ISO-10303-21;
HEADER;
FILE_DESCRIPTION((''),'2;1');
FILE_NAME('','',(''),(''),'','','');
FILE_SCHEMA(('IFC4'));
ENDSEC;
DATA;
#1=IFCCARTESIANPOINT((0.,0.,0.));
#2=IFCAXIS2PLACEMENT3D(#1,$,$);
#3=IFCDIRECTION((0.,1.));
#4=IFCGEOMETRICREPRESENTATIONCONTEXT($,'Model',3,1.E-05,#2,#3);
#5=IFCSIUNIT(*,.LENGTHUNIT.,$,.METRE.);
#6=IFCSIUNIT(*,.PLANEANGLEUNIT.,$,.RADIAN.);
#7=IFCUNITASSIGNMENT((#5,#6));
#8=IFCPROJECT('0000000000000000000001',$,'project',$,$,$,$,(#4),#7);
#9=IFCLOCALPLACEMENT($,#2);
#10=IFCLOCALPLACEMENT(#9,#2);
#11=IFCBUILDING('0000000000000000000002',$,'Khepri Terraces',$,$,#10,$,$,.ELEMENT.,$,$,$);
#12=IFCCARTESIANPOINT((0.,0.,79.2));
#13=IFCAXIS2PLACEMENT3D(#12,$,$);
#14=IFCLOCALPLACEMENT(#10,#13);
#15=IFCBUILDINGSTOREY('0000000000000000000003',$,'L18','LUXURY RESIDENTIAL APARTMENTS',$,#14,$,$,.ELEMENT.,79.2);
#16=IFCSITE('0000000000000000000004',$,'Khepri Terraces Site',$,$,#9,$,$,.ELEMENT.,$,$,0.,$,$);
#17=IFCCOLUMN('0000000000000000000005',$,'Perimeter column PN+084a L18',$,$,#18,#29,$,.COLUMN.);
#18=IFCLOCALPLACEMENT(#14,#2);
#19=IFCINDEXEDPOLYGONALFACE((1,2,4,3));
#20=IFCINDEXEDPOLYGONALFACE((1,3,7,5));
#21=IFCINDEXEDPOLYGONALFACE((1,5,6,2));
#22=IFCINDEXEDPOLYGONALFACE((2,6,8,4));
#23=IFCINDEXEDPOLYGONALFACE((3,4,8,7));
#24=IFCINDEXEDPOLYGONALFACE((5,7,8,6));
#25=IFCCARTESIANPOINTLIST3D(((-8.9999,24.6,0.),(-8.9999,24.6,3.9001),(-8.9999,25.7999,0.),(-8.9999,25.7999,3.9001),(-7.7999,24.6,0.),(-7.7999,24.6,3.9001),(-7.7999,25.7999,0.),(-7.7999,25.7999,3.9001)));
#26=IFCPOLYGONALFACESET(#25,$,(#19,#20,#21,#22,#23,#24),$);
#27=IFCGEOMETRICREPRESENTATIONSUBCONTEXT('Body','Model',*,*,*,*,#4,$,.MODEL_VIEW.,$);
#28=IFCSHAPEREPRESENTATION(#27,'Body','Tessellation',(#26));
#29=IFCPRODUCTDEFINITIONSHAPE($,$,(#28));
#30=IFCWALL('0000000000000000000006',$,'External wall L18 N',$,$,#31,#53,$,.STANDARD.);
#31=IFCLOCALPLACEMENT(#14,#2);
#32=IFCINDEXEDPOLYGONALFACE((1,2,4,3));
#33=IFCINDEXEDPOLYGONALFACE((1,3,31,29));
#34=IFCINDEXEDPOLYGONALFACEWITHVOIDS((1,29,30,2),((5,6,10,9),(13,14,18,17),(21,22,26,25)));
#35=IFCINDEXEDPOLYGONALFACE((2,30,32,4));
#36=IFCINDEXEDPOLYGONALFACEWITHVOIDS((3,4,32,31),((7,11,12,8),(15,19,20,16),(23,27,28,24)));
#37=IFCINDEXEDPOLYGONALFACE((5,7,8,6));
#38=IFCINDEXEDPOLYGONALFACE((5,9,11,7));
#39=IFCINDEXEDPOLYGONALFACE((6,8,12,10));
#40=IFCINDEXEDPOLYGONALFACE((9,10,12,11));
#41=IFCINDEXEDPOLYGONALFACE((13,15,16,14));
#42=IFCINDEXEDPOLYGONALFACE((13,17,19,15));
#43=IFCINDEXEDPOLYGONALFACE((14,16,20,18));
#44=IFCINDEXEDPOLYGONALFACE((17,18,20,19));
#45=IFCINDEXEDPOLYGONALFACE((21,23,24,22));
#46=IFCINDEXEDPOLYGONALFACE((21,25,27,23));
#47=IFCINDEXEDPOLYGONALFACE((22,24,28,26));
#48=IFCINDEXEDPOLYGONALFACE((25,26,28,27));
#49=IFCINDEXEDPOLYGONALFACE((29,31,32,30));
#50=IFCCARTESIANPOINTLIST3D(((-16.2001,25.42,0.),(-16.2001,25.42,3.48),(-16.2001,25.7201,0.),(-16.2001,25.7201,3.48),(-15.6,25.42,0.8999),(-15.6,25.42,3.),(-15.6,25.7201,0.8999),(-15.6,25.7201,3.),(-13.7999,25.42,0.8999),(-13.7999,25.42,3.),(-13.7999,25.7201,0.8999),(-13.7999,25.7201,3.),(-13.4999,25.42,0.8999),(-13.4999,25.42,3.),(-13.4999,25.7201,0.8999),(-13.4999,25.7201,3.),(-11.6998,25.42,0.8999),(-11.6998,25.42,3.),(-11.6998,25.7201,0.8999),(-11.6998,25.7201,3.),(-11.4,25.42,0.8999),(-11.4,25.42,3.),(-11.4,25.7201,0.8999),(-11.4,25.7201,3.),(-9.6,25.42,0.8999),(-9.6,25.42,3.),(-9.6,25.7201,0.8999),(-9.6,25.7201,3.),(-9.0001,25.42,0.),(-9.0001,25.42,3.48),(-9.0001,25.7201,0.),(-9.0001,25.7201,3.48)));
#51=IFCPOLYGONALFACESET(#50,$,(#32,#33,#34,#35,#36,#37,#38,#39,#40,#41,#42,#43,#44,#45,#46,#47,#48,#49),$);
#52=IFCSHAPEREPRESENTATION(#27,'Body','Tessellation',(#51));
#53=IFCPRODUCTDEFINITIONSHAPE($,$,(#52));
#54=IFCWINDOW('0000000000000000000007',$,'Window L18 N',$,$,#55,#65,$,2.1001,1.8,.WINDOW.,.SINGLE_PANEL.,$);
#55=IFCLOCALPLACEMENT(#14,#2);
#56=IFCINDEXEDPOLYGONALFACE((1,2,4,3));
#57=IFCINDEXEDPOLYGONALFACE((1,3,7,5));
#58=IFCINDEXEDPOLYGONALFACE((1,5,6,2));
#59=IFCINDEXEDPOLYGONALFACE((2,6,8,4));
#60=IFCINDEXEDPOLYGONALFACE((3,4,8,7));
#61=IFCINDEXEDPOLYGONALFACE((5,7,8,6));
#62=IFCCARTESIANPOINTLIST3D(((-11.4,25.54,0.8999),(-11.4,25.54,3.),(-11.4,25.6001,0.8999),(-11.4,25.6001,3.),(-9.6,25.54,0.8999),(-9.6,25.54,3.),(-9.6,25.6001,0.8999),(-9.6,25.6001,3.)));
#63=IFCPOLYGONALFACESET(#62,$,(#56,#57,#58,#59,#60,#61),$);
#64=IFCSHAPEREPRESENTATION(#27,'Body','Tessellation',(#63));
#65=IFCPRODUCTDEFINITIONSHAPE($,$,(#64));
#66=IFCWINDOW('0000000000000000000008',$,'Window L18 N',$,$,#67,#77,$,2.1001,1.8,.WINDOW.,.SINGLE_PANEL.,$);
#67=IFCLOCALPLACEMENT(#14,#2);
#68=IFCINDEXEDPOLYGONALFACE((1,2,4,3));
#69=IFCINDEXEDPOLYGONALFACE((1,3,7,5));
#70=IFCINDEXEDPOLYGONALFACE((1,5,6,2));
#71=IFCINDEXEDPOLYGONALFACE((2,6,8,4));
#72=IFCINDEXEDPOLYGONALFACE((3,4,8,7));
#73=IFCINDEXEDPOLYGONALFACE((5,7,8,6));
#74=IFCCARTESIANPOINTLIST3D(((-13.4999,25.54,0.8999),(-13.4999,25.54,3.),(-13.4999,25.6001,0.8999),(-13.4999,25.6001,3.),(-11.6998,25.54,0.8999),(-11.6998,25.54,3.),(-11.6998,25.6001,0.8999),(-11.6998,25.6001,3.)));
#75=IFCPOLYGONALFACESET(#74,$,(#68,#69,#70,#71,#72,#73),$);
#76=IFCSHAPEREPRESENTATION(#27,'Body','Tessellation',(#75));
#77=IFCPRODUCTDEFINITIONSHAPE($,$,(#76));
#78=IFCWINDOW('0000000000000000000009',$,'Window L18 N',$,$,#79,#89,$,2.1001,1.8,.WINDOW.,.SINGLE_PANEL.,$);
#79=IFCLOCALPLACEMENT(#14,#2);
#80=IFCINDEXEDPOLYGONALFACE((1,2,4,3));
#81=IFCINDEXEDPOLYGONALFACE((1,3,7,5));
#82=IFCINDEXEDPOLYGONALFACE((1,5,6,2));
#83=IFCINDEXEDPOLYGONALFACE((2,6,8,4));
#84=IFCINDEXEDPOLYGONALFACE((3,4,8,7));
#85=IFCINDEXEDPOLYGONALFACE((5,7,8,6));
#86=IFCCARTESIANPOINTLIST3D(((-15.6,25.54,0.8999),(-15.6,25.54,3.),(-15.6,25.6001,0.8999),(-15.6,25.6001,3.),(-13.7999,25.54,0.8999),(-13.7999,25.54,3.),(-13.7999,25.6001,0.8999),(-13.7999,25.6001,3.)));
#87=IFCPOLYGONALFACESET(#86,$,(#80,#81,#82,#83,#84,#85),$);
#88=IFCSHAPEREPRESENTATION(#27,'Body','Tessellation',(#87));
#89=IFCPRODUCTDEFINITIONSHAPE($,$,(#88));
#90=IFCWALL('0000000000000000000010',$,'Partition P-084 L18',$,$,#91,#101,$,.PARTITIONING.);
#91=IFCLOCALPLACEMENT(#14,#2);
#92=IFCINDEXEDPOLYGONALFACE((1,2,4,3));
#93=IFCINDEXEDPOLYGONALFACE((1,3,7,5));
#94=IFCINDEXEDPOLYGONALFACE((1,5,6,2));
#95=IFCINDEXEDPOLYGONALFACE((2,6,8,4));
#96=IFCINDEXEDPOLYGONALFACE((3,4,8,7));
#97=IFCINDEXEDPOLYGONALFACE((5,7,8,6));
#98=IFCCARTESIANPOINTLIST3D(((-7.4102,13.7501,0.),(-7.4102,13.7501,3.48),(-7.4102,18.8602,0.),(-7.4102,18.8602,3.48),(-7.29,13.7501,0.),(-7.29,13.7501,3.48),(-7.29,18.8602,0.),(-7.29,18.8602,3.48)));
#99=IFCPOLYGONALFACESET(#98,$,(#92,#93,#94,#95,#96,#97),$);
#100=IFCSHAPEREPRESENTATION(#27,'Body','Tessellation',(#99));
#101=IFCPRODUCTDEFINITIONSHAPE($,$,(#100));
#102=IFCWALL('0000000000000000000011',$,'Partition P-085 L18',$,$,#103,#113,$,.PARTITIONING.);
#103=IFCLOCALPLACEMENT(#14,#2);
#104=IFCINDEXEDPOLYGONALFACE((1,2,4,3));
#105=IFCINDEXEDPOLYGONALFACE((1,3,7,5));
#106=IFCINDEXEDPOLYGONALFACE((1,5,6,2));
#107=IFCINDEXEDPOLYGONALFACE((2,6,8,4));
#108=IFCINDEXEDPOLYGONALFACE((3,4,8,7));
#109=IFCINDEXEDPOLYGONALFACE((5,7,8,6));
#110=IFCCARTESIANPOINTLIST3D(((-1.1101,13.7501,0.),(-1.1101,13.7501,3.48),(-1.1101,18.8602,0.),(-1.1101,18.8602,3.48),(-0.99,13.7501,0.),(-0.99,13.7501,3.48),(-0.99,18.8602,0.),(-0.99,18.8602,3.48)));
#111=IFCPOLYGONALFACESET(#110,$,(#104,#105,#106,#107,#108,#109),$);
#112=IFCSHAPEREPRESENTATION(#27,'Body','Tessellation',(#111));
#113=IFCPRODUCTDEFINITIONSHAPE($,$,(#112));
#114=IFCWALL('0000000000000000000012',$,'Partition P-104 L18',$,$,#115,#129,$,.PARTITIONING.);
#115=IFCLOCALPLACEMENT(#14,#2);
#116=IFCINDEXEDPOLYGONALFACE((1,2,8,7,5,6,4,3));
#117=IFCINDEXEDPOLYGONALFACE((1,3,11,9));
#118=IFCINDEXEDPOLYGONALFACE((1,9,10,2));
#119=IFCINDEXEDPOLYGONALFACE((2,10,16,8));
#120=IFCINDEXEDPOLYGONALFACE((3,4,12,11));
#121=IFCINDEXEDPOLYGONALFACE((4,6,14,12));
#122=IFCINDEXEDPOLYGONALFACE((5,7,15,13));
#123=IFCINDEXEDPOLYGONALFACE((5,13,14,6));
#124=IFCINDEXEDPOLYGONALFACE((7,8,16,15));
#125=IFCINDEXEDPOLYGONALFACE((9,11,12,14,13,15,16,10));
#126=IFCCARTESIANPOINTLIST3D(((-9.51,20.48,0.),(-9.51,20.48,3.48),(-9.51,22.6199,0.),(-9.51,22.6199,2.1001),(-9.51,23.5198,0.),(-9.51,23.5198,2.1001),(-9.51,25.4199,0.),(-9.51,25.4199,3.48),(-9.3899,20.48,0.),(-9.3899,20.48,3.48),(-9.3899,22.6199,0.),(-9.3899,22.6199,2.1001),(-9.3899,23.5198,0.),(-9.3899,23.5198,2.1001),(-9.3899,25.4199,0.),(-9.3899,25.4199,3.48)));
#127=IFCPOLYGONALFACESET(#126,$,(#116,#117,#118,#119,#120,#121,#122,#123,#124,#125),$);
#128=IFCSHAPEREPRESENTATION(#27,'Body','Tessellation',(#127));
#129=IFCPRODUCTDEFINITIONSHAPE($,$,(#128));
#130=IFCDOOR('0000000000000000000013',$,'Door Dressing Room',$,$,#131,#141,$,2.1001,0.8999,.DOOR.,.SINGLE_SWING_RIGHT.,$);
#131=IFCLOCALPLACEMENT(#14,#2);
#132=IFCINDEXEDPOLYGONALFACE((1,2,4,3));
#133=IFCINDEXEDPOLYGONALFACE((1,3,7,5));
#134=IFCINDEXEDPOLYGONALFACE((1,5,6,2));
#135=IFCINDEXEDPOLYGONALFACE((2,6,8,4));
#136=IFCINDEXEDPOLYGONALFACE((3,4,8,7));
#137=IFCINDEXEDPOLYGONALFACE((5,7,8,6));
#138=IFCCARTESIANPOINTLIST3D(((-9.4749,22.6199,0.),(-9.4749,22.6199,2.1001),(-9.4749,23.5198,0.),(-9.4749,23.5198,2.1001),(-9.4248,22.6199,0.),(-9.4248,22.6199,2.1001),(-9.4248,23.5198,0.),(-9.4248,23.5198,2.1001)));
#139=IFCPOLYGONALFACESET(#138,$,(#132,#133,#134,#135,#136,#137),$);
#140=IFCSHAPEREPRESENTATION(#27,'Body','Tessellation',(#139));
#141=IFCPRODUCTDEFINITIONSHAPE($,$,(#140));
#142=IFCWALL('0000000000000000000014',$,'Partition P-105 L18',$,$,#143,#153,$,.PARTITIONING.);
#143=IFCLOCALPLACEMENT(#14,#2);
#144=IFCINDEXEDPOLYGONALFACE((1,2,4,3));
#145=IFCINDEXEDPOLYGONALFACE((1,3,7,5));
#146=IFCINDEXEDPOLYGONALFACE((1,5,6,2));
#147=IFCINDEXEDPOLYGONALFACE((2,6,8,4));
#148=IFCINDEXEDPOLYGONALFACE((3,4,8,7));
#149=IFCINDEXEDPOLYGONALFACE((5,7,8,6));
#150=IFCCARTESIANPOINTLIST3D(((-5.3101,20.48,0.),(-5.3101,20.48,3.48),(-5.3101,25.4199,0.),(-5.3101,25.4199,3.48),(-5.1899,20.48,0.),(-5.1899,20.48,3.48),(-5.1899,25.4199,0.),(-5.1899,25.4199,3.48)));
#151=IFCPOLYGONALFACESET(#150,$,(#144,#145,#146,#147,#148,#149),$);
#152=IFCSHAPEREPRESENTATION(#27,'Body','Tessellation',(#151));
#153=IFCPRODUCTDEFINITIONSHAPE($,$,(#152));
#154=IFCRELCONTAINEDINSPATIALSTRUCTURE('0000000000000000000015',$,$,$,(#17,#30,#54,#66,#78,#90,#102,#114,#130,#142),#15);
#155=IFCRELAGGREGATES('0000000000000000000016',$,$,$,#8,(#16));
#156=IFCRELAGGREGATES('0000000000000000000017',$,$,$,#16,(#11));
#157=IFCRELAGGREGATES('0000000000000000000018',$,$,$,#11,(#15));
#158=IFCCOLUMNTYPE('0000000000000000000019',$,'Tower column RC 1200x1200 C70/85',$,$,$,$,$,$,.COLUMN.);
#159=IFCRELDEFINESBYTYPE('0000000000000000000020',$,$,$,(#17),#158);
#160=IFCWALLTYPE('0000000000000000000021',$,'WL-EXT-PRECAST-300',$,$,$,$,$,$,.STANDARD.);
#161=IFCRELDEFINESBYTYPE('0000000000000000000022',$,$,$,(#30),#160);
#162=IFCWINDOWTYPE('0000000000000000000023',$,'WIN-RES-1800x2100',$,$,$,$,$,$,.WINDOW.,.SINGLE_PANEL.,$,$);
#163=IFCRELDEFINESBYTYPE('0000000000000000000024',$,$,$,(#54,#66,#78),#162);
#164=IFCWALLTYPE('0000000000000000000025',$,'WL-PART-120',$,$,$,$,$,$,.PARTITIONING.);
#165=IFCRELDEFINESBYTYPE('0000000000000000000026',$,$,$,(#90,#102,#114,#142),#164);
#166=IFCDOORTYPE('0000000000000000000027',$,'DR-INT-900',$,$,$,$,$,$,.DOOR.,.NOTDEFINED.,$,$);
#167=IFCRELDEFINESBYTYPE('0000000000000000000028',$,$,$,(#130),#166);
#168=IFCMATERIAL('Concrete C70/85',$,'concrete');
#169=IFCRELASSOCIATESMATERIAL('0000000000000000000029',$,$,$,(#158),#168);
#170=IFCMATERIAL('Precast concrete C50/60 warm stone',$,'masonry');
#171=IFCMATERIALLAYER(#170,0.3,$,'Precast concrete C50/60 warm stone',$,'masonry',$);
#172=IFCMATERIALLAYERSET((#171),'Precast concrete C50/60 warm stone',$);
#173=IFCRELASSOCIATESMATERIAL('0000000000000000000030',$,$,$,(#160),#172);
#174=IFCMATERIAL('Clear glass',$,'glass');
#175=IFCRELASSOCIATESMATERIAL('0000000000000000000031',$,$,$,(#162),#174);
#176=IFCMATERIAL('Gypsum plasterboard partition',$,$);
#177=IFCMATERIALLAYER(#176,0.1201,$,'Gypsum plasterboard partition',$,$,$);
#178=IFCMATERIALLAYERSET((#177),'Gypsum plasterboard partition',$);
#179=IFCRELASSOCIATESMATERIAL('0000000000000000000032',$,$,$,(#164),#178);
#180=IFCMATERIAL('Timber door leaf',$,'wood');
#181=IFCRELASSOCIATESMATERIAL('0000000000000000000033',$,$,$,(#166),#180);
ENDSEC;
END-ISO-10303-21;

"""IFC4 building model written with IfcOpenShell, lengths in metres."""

from ifc_helpers import new_model, si_unit, direction, frame, frame_2d, origin, origin_2d, place, context, subcontext, project, spatial, rectangle, extrude, material, layer, layer_set, material_profile, profile_set, type_object, element, fill, save


model = new_model("IFC4")

# Units and contexts
model_context = context("Model", 3, precision=1e-05, world=origin(), true_north=direction((0.0, 1.0)))
body_context = subcontext(model_context, "Body", "Model", "MODEL_VIEW")
ifc_project = project(units=[si_unit("LENGTHUNIT", "METRE"), si_unit("PLANEANGLEUNIT", "RADIAN")], contexts=[model_context])

# Site, building, storey
site_placement = place(None, origin())
site = spatial("IfcSite", under=ifc_project, at=site_placement, Name="Khepri Terraces Site", CompositionType="ELEMENT", RefElevation=0.0)
building_placement = place(site_placement, origin())
building = spatial("IfcBuilding", under=site, at=building_placement, Name="Khepri Terraces", CompositionType="ELEMENT")
storey_placement = place(building_placement, frame((0.0, 0.0, 79.2)))
storey = spatial("IfcBuildingStorey", under=building, at=storey_placement, Name="L18", Description="LUXURY RESIDENTIAL APARTMENTS", CompositionType="ELEMENT", Elevation=79.2)

# Column
ifc_material_1 = material(Name="Concrete C70/85", Category="concrete")
ifc_material_profile = material_profile(ifc_material_1, rectangle(XDim=1.2, YDim=1.2, at=origin_2d()), Name="Concrete C70/85", Category="concrete")
ifc_profile_set = profile_set([ifc_material_profile], Name="Concrete C70/85")
column_type = type_object("IfcColumnType", Name="Tower column RC 1200x1200 C70/85", PredefinedType="COLUMN", material=ifc_profile_set)
column_placement = place(storey_placement, frame((-8.3999, 25.2, 0.0), z_axis=(0.0, 0.0, 1.0), x_axis=(1.0, 0.0, 0.0)))
element("IfcColumn", 1, at=column_placement, inside=storey, type_object=column_type, Name="Perimeter column PN+084a L18", PredefinedType="COLUMN", context=body_context, shape_type="SweptSolid", body=[
    extrude(rectangle(XDim=1.2, YDim=1.2, at=origin_2d()), origin(), (0.0, 0.0, 1.0), 3.9001),
])

# Shared definitions
ifc_material_2 = material(Name="Precast concrete C50/60 warm stone", Category="masonry")
ifc_layer_1 = layer(ifc_material_2, 0.3, Name="Precast concrete C50/60 warm stone", Category="masonry")
ifc_layer_set_1 = layer_set([ifc_layer_1], Name="Precast concrete C50/60 warm stone")
wall_type_1 = type_object("IfcWallType", Name="WL-EXT-PRECAST-300", PredefinedType="STANDARD", material=ifc_layer_set_1)
ifc_material_3 = material(Name="Clear glass", Category="glass")
window_type = type_object("IfcWindowType", Name="WIN-RES-1800x2100", PartitioningType="SINGLE_PANEL", PredefinedType="WINDOW", material=ifc_material_3)

# Wall, openings, windows
wall_1_placement = place(storey_placement, frame((-9.0, 25.5701, 0.0), z_axis=(0.0, 0.0, 1.0), x_axis=(-1.0, 0.0, 0.0)))
wall_1 = element("IfcWall", 2, at=wall_1_placement, inside=storey, type_object=wall_type_1, Name="External wall L18 N", PredefinedType="STANDARD", context=body_context, shape_type="SweptSolid", body=[
    extrude(rectangle(XDim=7.2, YDim=0.3, at=frame_2d((3.6001, 0.0))), origin(), (0.0, 0.0, 1.0), 3.48),
])
opening_1_placement = place(wall_1_placement, frame((0.6001, 0.0, 0.8999)))
opening_1 = element("IfcOpeningElement", 3, at=opening_1_placement, cuts=wall_1, PredefinedType="OPENING", context=body_context, shape_type="SweptSolid", body=[
    extrude(rectangle(XDim=1.8, YDim=2.1001, at=frame_2d((0.8999, 1.05))), frame((0.0, 0.1602, 0.0), z_axis=(0.0, -1.0, 0.0), x_axis=(1.0, 0.0, 0.0)), (0.0, 0.0, 1.0), 0.3201),
])
opening_2_placement = place(wall_1_placement, frame((2.7, 0.0, 0.8999)))
opening_2 = element("IfcOpeningElement", 4, at=opening_2_placement, cuts=wall_1, PredefinedType="OPENING", context=body_context, shape_type="SweptSolid", body=[
    extrude(rectangle(XDim=1.8, YDim=2.1001, at=frame_2d((0.8999, 1.05))), frame((0.0, 0.1602, 0.0), z_axis=(0.0, -1.0, 0.0), x_axis=(1.0, 0.0, 0.0)), (0.0, 0.0, 1.0), 0.3201),
])
opening_3_placement = place(wall_1_placement, frame((4.8, 0.0, 0.8999)))
opening_3 = element("IfcOpeningElement", 5, at=opening_3_placement, cuts=wall_1, PredefinedType="OPENING", context=body_context, shape_type="SweptSolid", body=[
    extrude(rectangle(XDim=1.8, YDim=2.1001, at=frame_2d((0.8999, 1.05))), frame((0.0, 0.1602, 0.0), z_axis=(0.0, -1.0, 0.0), x_axis=(1.0, 0.0, 0.0)), (0.0, 0.0, 1.0), 0.3201),
])
window_1_placement = place(opening_1_placement, origin())
window_1 = element("IfcWindow", 6, at=window_1_placement, inside=storey, type_object=window_type, Name="Window L18 N", OverallHeight=2.1001, OverallWidth=1.8, PartitioningType="SINGLE_PANEL", PredefinedType="WINDOW", context=body_context, shape_type="SweptSolid", body=[
    extrude(rectangle(XDim=1.8, YDim=2.1001, at=frame_2d((0.8999, 1.05))), frame((0.0, 0.03, 0.0), z_axis=(0.0, -1.0, 0.0), x_axis=(1.0, 0.0, 0.0)), (0.0, 0.0, 1.0), 0.0601),
])
fill(opening_1, window_1)
window_2_placement = place(opening_2_placement, origin())
window_2 = element("IfcWindow", 7, at=window_2_placement, inside=storey, type_object=window_type, Name="Window L18 N", OverallHeight=2.1001, OverallWidth=1.8, PartitioningType="SINGLE_PANEL", PredefinedType="WINDOW", context=body_context, shape_type="SweptSolid", body=[
    extrude(rectangle(XDim=1.8, YDim=2.1001, at=frame_2d((0.8999, 1.05))), frame((0.0, 0.03, 0.0), z_axis=(0.0, -1.0, 0.0), x_axis=(1.0, 0.0, 0.0)), (0.0, 0.0, 1.0), 0.0601),
])
fill(opening_2, window_2)
window_3_placement = place(opening_3_placement, origin())
window_3 = element("IfcWindow", 8, at=window_3_placement, inside=storey, type_object=window_type, Name="Window L18 N", OverallHeight=2.1001, OverallWidth=1.8, PartitioningType="SINGLE_PANEL", PredefinedType="WINDOW", context=body_context, shape_type="SweptSolid", body=[
    extrude(rectangle(XDim=1.8, YDim=2.1001, at=frame_2d((0.8999, 1.05))), frame((0.0, 0.03, 0.0), z_axis=(0.0, -1.0, 0.0), x_axis=(1.0, 0.0, 0.0)), (0.0, 0.0, 1.0), 0.0601),
])
fill(opening_3, window_3)

# Walls
ifc_material_4 = material(Name="Gypsum plasterboard partition")
ifc_layer_2 = layer(ifc_material_4, 0.1201, Name="Gypsum plasterboard partition")
ifc_layer_set_2 = layer_set([ifc_layer_2], Name="Gypsum plasterboard partition")
wall_type_2 = type_object("IfcWallType", Name="WL-PART-120", PredefinedType="PARTITIONING", material=ifc_layer_set_2)
for number, where, z_axis, x_axis, name in (
    (9, (-7.3501, 13.75, 0.0), (0.0, 0.0, 1.0), (0.0, 1.0, 0.0), "Partition P-084 L18"),
    (10, (-1.05, 13.75, 0.0), (0.0, 0.0, 1.0), (0.0, 1.0, 0.0), "Partition P-085 L18"),
):
    element("IfcWall", number, at=place(storey_placement, frame(where, z_axis=z_axis, x_axis=x_axis)), inside=storey, type_object=wall_type_2, Name=name, PredefinedType="PARTITIONING", context=body_context, shape_type="SweptSolid", body=[
        extrude(rectangle(XDim=5.1101, YDim=0.1201, at=frame_2d((2.5552, 0.0))), origin(), (0.0, 0.0, 1.0), 3.48),
    ])

# Wall, opening, door
wall_2_placement = place(storey_placement, frame((-9.45, 20.48, 0.0), z_axis=(0.0, 0.0, 1.0), x_axis=(0.0, 1.0, 0.0)))
wall_2 = element("IfcWall", 11, at=wall_2_placement, inside=storey, type_object=wall_type_2, Name="Partition P-104 L18", PredefinedType="PARTITIONING", context=body_context, shape_type="SweptSolid", body=[
    extrude(rectangle(XDim=4.9399, YDim=0.1201, at=frame_2d((2.47, 0.0))), origin(), (0.0, 0.0, 1.0), 3.48),
])
opening_4_placement = place(wall_2_placement, frame((2.1399, 0.0, 0.0)))
opening_4 = element("IfcOpeningElement", 12, at=opening_4_placement, cuts=wall_2, PredefinedType="OPENING", context=body_context, shape_type="SweptSolid", body=[
    extrude(rectangle(XDim=0.8999, YDim=2.1001, at=frame_2d((0.45, 1.05))), frame((0.0, 0.0701, 0.0), z_axis=(0.0, -1.0, 0.0), x_axis=(1.0, 0.0, 0.0)), (0.0, 0.0, 1.0), 0.1401),
])
ifc_material_5 = material(Name="Timber door leaf", Category="wood")
door_type_1 = type_object("IfcDoorType", Name="DR-INT-900", OperationType="NOTDEFINED", PredefinedType="DOOR", material=ifc_material_5)
door_1_placement = place(opening_4_placement, origin())
door_1 = element("IfcDoor", 13, at=door_1_placement, inside=storey, type_object=door_type_1, Name="Door Dressing Room", OperationType="SINGLE_SWING_RIGHT", OverallHeight=2.1001, OverallWidth=0.8999, PredefinedType="DOOR", context=body_context, shape_type="SweptSolid", body=[
    extrude(rectangle(XDim=0.8999, YDim=2.1001, at=frame_2d((0.45, 1.05))), frame((0.0, 0.0249, 0.0), z_axis=(0.0, -1.0, 0.0), x_axis=(1.0, 0.0, 0.0)), (0.0, 0.0, 1.0), 0.05),
])
fill(opening_4, door_1)

# Wall
wall_3_placement = place(storey_placement, frame((-5.25, 20.48, 0.0), z_axis=(0.0, 0.0, 1.0), x_axis=(0.0, 1.0, 0.0)))
element("IfcWall", 14, at=wall_3_placement, inside=storey, type_object=wall_type_2, Name="Partition P-105 L18", PredefinedType="PARTITIONING", context=body_context, shape_type="SweptSolid", body=[
    extrude(rectangle(XDim=4.9399, YDim=0.1201, at=frame_2d((2.47, 0.0))), origin(), (0.0, 0.0, 1.0), 3.48),
])

save(model, "model.ifc")
